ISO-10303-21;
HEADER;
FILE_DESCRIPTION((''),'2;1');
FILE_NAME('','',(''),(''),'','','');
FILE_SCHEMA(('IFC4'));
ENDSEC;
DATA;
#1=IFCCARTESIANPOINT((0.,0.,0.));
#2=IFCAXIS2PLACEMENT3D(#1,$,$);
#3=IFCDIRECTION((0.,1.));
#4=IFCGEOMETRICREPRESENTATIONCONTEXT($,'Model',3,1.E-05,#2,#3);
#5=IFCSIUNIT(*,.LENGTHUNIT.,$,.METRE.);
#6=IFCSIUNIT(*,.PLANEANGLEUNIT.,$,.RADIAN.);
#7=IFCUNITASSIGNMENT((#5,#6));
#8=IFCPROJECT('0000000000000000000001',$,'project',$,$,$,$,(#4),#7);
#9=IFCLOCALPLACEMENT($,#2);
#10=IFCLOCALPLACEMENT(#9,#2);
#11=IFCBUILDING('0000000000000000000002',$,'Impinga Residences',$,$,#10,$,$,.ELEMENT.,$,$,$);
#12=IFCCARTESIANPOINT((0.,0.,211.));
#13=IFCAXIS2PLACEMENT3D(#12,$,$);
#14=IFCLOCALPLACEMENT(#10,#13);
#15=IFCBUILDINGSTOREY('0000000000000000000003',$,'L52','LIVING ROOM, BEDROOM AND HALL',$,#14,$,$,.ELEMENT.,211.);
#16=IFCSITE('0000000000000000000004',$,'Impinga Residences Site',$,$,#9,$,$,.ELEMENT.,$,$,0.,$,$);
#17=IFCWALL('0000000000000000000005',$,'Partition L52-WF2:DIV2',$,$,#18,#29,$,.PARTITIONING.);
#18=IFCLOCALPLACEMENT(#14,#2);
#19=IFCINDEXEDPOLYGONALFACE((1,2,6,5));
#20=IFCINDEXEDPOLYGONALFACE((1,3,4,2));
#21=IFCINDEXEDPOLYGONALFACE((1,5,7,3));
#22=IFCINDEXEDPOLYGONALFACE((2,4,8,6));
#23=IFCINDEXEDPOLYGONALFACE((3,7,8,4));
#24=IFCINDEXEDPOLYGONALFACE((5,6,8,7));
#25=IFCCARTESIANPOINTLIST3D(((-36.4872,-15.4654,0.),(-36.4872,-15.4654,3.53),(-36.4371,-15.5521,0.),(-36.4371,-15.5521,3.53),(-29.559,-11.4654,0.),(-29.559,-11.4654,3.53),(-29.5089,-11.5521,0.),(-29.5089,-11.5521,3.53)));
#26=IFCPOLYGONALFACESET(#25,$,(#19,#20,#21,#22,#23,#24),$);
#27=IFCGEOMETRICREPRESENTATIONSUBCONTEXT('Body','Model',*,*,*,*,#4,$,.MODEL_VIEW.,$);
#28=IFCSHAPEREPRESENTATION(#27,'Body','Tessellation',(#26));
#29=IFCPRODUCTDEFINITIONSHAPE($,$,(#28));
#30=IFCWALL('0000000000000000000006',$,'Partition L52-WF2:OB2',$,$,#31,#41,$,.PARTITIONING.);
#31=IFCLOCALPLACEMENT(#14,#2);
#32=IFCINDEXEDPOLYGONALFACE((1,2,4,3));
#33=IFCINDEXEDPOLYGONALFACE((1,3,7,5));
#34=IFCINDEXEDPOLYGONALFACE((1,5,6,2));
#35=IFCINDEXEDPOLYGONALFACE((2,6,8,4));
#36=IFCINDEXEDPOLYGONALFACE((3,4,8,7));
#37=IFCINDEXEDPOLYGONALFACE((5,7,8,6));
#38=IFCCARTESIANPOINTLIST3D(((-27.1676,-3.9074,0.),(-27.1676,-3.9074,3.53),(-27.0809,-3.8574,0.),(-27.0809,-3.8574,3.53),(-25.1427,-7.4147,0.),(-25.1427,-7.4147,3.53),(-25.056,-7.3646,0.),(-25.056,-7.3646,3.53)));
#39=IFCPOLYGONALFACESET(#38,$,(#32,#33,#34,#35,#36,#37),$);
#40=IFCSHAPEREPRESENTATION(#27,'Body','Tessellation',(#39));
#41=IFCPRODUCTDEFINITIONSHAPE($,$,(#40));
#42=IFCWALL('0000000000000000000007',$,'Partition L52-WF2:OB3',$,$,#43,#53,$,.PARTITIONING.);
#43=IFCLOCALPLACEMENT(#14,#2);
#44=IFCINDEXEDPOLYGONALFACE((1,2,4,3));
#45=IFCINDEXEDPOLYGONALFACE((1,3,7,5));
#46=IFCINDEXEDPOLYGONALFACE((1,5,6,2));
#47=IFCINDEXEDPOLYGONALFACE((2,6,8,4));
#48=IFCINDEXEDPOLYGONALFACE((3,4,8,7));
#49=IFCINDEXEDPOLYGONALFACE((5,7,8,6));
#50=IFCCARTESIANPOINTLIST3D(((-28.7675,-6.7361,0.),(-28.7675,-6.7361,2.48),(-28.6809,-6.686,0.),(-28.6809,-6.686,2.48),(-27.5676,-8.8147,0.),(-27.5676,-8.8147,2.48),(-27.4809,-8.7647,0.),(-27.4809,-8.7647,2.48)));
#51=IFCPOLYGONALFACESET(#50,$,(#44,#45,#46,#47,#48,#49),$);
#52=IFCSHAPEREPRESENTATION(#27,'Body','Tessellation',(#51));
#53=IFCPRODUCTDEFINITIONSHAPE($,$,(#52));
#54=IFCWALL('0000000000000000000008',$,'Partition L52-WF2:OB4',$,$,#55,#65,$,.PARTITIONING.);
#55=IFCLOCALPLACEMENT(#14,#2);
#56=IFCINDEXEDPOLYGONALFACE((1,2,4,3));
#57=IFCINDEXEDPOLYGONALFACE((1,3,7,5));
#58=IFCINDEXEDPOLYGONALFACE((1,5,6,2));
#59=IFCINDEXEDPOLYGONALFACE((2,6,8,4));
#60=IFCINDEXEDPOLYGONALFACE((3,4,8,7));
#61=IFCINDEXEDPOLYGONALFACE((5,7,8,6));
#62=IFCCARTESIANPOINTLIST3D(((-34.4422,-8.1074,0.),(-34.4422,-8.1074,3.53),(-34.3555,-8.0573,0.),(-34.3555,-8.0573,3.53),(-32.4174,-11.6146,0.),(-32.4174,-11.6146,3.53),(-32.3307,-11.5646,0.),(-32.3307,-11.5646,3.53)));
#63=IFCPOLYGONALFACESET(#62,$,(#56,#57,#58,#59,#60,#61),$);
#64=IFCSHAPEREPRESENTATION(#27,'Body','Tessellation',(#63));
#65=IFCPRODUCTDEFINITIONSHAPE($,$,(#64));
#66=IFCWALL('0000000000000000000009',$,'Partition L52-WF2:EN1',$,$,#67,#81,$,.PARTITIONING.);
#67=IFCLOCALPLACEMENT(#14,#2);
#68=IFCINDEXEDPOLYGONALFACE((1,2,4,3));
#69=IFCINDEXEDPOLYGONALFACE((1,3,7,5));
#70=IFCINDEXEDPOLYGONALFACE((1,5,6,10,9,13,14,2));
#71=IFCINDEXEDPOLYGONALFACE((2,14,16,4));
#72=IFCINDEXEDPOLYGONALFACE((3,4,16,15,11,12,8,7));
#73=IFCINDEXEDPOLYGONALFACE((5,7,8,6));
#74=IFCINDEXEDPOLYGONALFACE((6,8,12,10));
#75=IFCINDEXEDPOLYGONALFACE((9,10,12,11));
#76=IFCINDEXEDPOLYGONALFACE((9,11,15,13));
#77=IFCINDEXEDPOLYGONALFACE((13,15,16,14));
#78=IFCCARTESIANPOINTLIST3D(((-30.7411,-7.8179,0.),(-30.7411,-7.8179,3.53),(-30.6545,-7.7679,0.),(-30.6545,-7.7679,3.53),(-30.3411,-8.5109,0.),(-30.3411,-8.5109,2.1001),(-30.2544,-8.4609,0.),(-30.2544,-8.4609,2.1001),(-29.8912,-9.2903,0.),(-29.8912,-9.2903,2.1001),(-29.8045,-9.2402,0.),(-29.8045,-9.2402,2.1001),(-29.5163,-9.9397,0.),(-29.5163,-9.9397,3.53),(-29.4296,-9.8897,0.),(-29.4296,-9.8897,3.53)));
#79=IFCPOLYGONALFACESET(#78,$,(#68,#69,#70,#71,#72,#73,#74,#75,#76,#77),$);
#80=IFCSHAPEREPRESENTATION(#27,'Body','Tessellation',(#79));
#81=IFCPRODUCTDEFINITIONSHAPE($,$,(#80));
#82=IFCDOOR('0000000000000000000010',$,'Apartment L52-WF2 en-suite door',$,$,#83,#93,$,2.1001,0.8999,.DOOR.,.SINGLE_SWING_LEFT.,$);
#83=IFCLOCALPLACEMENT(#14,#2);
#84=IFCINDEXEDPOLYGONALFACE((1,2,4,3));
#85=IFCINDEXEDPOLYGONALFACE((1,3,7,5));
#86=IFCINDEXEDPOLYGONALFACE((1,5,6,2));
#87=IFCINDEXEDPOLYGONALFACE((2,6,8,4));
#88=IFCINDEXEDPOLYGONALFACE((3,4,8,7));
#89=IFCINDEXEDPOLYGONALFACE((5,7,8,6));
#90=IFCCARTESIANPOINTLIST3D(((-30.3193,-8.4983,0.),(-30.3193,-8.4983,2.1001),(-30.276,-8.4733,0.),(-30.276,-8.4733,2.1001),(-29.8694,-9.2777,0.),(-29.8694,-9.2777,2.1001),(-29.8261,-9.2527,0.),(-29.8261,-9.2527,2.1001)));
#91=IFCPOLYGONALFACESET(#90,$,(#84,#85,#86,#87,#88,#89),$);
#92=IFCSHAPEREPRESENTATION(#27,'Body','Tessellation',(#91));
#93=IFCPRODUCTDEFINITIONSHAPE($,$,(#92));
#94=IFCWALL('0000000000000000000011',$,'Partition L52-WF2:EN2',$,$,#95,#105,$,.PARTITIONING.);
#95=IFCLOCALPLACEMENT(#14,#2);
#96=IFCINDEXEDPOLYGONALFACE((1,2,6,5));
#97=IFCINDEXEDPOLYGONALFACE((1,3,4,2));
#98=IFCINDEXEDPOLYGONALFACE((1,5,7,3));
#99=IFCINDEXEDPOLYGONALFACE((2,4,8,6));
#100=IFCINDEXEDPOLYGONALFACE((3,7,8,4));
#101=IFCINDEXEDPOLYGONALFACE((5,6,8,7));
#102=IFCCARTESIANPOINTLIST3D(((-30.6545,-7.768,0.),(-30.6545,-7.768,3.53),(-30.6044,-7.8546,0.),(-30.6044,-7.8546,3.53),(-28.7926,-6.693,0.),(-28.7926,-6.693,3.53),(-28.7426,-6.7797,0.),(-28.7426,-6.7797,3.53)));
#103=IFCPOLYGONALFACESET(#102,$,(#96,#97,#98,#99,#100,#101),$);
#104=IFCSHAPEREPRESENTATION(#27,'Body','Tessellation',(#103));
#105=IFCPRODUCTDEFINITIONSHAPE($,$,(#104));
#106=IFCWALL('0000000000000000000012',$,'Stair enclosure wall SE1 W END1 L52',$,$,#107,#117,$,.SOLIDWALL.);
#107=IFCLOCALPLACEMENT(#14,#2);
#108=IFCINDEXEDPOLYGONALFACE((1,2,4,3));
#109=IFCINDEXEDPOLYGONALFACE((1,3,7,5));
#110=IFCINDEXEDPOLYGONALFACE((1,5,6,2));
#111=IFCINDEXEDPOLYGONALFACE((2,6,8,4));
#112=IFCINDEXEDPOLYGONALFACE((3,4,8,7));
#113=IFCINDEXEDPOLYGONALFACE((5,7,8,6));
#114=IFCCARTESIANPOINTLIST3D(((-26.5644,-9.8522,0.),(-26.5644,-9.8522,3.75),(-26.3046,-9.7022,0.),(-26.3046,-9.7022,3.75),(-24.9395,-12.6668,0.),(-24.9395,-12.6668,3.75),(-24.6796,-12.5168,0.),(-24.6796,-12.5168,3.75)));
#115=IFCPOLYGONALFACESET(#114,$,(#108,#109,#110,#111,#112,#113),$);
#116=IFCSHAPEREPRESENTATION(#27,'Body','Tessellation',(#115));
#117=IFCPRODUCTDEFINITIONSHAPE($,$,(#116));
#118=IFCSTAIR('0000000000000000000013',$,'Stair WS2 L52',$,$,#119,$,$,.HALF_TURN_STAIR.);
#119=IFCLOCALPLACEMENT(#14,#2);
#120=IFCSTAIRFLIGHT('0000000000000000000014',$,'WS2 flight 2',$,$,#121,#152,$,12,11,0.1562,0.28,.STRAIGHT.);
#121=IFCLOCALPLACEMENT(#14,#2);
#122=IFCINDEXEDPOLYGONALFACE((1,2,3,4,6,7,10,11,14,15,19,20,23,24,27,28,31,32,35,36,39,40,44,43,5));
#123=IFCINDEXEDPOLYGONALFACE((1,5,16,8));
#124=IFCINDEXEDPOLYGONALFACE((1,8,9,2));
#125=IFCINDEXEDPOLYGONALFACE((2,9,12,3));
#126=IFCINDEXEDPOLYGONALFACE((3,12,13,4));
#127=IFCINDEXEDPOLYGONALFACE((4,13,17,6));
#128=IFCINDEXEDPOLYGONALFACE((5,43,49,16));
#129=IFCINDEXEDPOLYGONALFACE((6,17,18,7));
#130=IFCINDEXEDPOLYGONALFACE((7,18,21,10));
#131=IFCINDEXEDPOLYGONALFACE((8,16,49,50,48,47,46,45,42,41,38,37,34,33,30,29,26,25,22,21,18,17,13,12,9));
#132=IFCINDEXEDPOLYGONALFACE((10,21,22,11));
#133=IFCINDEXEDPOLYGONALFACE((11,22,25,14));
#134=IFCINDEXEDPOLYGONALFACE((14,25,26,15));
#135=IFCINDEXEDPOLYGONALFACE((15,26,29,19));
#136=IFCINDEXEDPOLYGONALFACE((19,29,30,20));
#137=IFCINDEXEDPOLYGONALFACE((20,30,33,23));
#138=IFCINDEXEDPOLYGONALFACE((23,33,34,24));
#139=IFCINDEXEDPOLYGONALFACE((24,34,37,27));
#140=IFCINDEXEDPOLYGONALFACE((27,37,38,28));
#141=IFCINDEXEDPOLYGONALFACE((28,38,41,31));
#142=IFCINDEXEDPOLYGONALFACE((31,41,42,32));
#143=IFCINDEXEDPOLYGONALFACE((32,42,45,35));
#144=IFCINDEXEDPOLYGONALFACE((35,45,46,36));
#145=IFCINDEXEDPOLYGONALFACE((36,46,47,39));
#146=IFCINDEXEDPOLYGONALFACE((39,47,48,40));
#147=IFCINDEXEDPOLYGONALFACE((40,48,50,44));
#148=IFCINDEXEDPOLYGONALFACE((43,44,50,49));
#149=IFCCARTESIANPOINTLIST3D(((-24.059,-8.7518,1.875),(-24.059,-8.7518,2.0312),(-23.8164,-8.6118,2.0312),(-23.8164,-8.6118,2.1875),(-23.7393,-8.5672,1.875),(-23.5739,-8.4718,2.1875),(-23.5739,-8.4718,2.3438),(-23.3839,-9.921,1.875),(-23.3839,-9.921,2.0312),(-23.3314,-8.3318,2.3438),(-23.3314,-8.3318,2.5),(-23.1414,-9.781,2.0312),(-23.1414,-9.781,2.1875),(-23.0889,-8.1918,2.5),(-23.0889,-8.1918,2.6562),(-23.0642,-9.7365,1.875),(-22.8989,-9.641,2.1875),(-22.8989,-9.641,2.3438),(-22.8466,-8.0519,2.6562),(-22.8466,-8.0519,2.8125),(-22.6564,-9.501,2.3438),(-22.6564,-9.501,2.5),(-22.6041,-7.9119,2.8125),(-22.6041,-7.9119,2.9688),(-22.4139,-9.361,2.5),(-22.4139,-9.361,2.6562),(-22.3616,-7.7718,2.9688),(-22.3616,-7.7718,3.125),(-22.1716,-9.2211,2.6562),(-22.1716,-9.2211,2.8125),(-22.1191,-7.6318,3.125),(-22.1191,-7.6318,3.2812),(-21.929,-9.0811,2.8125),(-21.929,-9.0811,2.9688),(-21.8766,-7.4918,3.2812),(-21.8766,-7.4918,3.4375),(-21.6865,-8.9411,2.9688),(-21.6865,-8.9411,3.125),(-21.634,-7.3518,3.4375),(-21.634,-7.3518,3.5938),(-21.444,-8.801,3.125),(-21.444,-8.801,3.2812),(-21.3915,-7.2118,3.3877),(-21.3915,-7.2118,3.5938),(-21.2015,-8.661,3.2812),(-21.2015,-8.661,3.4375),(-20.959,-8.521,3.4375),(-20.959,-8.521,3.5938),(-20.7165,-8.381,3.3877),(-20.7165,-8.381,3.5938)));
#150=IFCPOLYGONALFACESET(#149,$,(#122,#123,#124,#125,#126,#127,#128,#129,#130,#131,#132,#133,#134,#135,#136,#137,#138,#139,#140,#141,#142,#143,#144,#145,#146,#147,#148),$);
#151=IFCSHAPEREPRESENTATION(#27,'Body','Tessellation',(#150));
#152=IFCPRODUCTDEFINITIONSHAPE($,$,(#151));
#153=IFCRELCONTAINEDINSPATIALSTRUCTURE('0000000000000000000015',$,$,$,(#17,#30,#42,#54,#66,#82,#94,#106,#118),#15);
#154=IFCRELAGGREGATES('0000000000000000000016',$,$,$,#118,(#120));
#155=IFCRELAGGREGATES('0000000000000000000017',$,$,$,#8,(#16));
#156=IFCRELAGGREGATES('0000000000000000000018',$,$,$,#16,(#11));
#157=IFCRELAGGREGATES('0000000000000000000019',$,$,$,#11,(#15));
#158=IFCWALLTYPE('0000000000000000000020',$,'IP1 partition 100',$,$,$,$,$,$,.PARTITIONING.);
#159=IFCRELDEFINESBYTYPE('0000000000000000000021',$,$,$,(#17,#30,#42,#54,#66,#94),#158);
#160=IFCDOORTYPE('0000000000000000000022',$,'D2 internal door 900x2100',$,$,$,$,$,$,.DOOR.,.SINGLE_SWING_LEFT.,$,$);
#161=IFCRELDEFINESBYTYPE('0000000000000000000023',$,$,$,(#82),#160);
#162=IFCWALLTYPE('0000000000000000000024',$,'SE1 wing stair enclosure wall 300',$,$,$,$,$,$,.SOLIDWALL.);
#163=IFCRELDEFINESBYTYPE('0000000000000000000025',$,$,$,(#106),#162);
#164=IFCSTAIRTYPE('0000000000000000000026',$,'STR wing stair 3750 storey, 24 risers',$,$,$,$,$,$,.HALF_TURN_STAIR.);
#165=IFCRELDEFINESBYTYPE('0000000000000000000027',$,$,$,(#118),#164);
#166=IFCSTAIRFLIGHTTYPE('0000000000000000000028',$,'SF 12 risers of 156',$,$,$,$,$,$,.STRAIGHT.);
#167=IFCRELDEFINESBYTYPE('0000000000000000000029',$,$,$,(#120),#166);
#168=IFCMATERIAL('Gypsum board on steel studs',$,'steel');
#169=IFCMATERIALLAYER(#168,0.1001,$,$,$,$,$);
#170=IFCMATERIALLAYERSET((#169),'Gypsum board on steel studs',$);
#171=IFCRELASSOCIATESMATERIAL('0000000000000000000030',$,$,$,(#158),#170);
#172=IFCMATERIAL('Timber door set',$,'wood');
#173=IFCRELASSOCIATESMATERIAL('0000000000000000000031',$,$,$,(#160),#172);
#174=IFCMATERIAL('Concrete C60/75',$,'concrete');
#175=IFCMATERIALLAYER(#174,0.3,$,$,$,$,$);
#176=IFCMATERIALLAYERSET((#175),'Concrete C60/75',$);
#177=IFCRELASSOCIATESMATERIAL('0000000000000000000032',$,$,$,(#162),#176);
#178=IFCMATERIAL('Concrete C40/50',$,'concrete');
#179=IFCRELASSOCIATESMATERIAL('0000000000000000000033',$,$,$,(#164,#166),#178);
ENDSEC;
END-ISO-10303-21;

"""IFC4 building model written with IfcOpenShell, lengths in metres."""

from ifc_helpers import new_model, si_unit, direction, frame, frame_2d, origin, place, context, subcontext, project, spatial, polyline, rectangle, outline, extrude, material, layer, layer_set, type_object, element, fill, aggregate, save


model = new_model("IFC4")

# Units and contexts
model_context = context("Model", 3, precision=1e-05, world=origin(), true_north=direction((0.0, 1.0)))
body_context = subcontext(model_context, "Body", "Model", "MODEL_VIEW")
ifc_project = project(units=[si_unit("LENGTHUNIT", "METRE"), si_unit("PLANEANGLEUNIT", "RADIAN")], contexts=[model_context])

# Site, building, storey
site_placement = place(None, origin())
site = spatial("IfcSite", under=ifc_project, at=site_placement, Name="Impinga Residences Site", CompositionType="ELEMENT", RefElevation=0.0)
building_placement = place(site_placement, origin())
building = spatial("IfcBuilding", under=site, at=building_placement, Name="Impinga Residences", CompositionType="ELEMENT")
storey_placement = place(building_placement, frame((0.0, 0.0, 211.0)))
storey = spatial("IfcBuildingStorey", under=building, at=storey_placement, Name="L52", Description="LIVING ROOM, BEDROOM AND HALL", CompositionType="ELEMENT", Elevation=211.0)

# Shared definitions
ifc_material_1 = material(Name="Concrete C60/75", Category="concrete")

# Walls
ifc_material_2 = material(Name="Gypsum board on steel studs", Category="steel")
ifc_layer_1 = layer(ifc_material_2, 0.1001)
ifc_layer_set_1 = layer_set([ifc_layer_1], Name="Gypsum board on steel studs")
wall_type_1 = type_object("IfcWallType", Name="IP1 partition 100", PredefinedType="PARTITIONING", material=ifc_layer_set_1)
wall_1_placement = place(storey_placement, frame((-29.5339, -11.5088, 0.0), z_axis=(0.0, 0.0, 1.0), x_axis=(-0.866026, -0.499999, 0.0)))
element("IfcWall", 1, at=wall_1_placement, inside=storey, type_object=wall_type_1, Name="Partition L52-WF2:DIV2", PredefinedType="PARTITIONING", context=body_context, shape_type="SweptSolid", body=[
    extrude(rectangle(XDim=8.0, YDim=0.1001, at=frame_2d((4.0, 0.0))), origin(), (0.0, 0.0, 1.0), 3.53),
])
wall_2_placement = place(storey_placement, frame((-25.0994, -7.3896, 0.0), z_axis=(0.0, 0.0, 1.0), x_axis=(-0.49999, 0.866031, 0.0)))
element("IfcWall", 2, at=wall_2_placement, inside=storey, type_object=wall_type_1, Name="Partition L52-WF2:OB2", PredefinedType="PARTITIONING", context=body_context, shape_type="SweptSolid", body=[
    extrude(rectangle(XDim=4.0498, YDim=0.1001, at=frame_2d((2.0249, 0.0))), origin(), (0.0, 0.0, 1.0), 3.53),
])
wall_3_placement = place(storey_placement, frame((-27.5242, -8.7898, 0.0), z_axis=(0.0, 0.0, 1.0), x_axis=(-0.499957, 0.86605, 0.0)))
element("IfcWall", 3, at=wall_3_placement, inside=storey, type_object=wall_type_1, Name="Partition L52-WF2:OB3", PredefinedType="PARTITIONING", context=body_context, shape_type="SweptSolid", body=[
    extrude(rectangle(XDim=2.4001, YDim=0.1001, at=frame_2d((1.2002, 0.0))), origin(), (0.0, 0.0, 1.0), 2.48),
])
wall_4_placement = place(storey_placement, frame((-32.374, -11.5896, 0.0), z_axis=(0.0, 0.0, 1.0), x_axis=(-0.49999, 0.866031, 0.0)))
element("IfcWall", 4, at=wall_4_placement, inside=storey, type_object=wall_type_1, Name="Partition L52-WF2:OB4", PredefinedType="PARTITIONING", context=body_context, shape_type="SweptSolid", body=[
    extrude(rectangle(XDim=4.0498, YDim=0.1001, at=frame_2d((2.0249, 0.0))), origin(), (0.0, 0.0, 1.0), 3.53),
])

# Wall, opening, door
wall_5_placement = place(storey_placement, frame((-29.4729, -9.9148, 0.0), z_axis=(0.0, 0.0, 1.0), x_axis=(-0.499944, 0.866058, 0.0)))
wall_5 = element("IfcWall", 5, at=wall_5_placement, inside=storey, type_object=wall_type_1, Name="Partition L52-WF2:EN1", PredefinedType="PARTITIONING", context=body_context, shape_type="SweptSolid", body=[
    extrude(rectangle(XDim=2.45, YDim=0.1001, at=frame_2d((1.2251, 0.0))), origin(), (0.0, 0.0, 1.0), 3.53),
])
opening_1_placement = place(wall_5_placement, frame((0.75, 0.0, 0.0)))
opening_1 = element("IfcOpeningElement", 6, at=opening_1_placement, cuts=wall_5, PredefinedType="OPENING", context=body_context, shape_type="SweptSolid", body=[
    extrude(rectangle(XDim=0.8999, YDim=2.1001, at=frame_2d((0.45, 1.05))), frame((0.0, 0.0601, 0.0), z_axis=(0.0, -1.0, 0.0), x_axis=(1.0, 0.0, 0.0)), (0.0, 0.0, 1.0), 0.1201),
])
ifc_material_3 = material(Name="Timber door set", Category="wood")
door_type = type_object("IfcDoorType", Name="D2 internal door 900x2100", OperationType="SINGLE_SWING_LEFT", PredefinedType="DOOR", material=ifc_material_3)
door_placement = place(opening_1_placement, origin())
door = element("IfcDoor", 7, at=door_placement, inside=storey, type_object=door_type, Name="Apartment L52-WF2 en-suite door", OperationType="SINGLE_SWING_LEFT", OverallHeight=2.1001, OverallWidth=0.8999, PredefinedType="DOOR", context=body_context, shape_type="SweptSolid", body=[
    extrude(rectangle(XDim=0.8999, YDim=2.1001, at=frame_2d((0.45, 1.05))), frame((0.0, 0.0249, 0.0), z_axis=(0.0, -1.0, 0.0), x_axis=(1.0, 0.0, 0.0)), (0.0, 0.0, 1.0), 0.05),
])
fill(opening_1, door)

# Walls
wall_6_placement = place(storey_placement, frame((-28.7676, -6.7363, 0.0), z_axis=(0.0, 0.0, 1.0), x_axis=(-0.866019, -0.500011, 0.0)))
element("IfcWall", 8, at=wall_6_placement, inside=storey, type_object=wall_type_1, Name="Partition L52-WF2:EN2", PredefinedType="PARTITIONING", context=body_context, shape_type="SweptSolid", body=[
    extrude(rectangle(XDim=2.1499, YDim=0.1001, at=frame_2d((1.075, 0.0))), origin(), (0.0, 0.0, 1.0), 3.53),
])
ifc_layer_2 = layer(ifc_material_1, 0.3)
ifc_layer_set_2 = layer_set([ifc_layer_2], Name="Concrete C60/75")
wall_type_2 = type_object("IfcWallType", Name="SE1 wing stair enclosure wall 300", PredefinedType="SOLIDWALL", material=ifc_layer_set_2)
wall_7_placement = place(storey_placement, frame((-24.8096, -12.5918, 0.0), z_axis=(0.0, 0.0, 1.0), x_axis=(-0.499985, 0.866034, 0.0)))
element("IfcWall", 9, at=wall_7_placement, inside=storey, type_object=wall_type_2, Name="Stair enclosure wall SE1 W END1 L52", PredefinedType="SOLIDWALL", context=body_context, shape_type="SweptSolid", body=[
    extrude(rectangle(XDim=3.25, YDim=0.3, at=frame_2d((1.625, 0.0))), origin(), (0.0, 0.0, 1.0), 3.75),
])

# Stair, stair flight
ifc_material_4 = material(Name="Concrete C40/50", Category="concrete")
stair_type = type_object("IfcStairType", Name="STR wing stair 3750 storey, 24 risers", PredefinedType="HALF_TURN_STAIR", material=ifc_material_4)
stair_placement = place(storey_placement, origin())
stair = element("IfcStair", 10, at=stair_placement, inside=storey, type_object=stair_type, Name="Stair WS2 L52", PredefinedType="HALF_TURN_STAIR")
stair_flight_type = type_object("IfcStairFlightType", Name="SF 12 risers of 156", PredefinedType="STRAIGHT", material=ifc_material_4)
stair_flight_placement = place(storey_placement, frame((-23.7214, -9.3364, 1.875), z_axis=(0.0, 0.0, 1.0), x_axis=(0.866025, 0.5, 0.0)))
stair_flight = element("IfcStairFlight", 11, at=stair_flight_placement, type_object=stair_flight_type, Name="WS2 flight 2", NumberOfRisers=12, NumberOfTreads=11, PredefinedType="STRAIGHT", RiserHeight=0.1562, TreadLength=0.28, context=body_context, shape_type="SweptSolid", body=[
    extrude(outline(polyline([(0.0, 0.0), (0.0, 0.1562), (0.28, 0.1562), (0.28, 0.3125), (0.5601, 0.3125), (0.5601, 0.4688), (0.8401, 0.4688), (0.8401, 0.625), (1.1201, 0.625), (1.1201, 0.7812), (1.3999, 0.7812), (1.3999, 0.9375), (1.6799, 0.9375), (1.6799, 1.0938), (1.96, 1.0938), (1.96, 1.25), (2.24, 1.25), (2.24, 1.4062), (2.52, 1.4062), (2.52, 1.5625), (2.8, 1.5625), (2.8, 1.7188), (3.0801, 1.7188), (3.0801, 1.875), (3.0801, 1.5127), (0.3691, 0.0), (0.0, 0.0)])), frame((0.0, 0.675, 0.0), z_axis=(0.0, -1.0, 0.0), x_axis=(1.0, 0.0, 0.0)), (0.0, 0.0, 1.0), 1.3501),
])
aggregate(stair, [stair_flight])

save(model, "model.ifc")
